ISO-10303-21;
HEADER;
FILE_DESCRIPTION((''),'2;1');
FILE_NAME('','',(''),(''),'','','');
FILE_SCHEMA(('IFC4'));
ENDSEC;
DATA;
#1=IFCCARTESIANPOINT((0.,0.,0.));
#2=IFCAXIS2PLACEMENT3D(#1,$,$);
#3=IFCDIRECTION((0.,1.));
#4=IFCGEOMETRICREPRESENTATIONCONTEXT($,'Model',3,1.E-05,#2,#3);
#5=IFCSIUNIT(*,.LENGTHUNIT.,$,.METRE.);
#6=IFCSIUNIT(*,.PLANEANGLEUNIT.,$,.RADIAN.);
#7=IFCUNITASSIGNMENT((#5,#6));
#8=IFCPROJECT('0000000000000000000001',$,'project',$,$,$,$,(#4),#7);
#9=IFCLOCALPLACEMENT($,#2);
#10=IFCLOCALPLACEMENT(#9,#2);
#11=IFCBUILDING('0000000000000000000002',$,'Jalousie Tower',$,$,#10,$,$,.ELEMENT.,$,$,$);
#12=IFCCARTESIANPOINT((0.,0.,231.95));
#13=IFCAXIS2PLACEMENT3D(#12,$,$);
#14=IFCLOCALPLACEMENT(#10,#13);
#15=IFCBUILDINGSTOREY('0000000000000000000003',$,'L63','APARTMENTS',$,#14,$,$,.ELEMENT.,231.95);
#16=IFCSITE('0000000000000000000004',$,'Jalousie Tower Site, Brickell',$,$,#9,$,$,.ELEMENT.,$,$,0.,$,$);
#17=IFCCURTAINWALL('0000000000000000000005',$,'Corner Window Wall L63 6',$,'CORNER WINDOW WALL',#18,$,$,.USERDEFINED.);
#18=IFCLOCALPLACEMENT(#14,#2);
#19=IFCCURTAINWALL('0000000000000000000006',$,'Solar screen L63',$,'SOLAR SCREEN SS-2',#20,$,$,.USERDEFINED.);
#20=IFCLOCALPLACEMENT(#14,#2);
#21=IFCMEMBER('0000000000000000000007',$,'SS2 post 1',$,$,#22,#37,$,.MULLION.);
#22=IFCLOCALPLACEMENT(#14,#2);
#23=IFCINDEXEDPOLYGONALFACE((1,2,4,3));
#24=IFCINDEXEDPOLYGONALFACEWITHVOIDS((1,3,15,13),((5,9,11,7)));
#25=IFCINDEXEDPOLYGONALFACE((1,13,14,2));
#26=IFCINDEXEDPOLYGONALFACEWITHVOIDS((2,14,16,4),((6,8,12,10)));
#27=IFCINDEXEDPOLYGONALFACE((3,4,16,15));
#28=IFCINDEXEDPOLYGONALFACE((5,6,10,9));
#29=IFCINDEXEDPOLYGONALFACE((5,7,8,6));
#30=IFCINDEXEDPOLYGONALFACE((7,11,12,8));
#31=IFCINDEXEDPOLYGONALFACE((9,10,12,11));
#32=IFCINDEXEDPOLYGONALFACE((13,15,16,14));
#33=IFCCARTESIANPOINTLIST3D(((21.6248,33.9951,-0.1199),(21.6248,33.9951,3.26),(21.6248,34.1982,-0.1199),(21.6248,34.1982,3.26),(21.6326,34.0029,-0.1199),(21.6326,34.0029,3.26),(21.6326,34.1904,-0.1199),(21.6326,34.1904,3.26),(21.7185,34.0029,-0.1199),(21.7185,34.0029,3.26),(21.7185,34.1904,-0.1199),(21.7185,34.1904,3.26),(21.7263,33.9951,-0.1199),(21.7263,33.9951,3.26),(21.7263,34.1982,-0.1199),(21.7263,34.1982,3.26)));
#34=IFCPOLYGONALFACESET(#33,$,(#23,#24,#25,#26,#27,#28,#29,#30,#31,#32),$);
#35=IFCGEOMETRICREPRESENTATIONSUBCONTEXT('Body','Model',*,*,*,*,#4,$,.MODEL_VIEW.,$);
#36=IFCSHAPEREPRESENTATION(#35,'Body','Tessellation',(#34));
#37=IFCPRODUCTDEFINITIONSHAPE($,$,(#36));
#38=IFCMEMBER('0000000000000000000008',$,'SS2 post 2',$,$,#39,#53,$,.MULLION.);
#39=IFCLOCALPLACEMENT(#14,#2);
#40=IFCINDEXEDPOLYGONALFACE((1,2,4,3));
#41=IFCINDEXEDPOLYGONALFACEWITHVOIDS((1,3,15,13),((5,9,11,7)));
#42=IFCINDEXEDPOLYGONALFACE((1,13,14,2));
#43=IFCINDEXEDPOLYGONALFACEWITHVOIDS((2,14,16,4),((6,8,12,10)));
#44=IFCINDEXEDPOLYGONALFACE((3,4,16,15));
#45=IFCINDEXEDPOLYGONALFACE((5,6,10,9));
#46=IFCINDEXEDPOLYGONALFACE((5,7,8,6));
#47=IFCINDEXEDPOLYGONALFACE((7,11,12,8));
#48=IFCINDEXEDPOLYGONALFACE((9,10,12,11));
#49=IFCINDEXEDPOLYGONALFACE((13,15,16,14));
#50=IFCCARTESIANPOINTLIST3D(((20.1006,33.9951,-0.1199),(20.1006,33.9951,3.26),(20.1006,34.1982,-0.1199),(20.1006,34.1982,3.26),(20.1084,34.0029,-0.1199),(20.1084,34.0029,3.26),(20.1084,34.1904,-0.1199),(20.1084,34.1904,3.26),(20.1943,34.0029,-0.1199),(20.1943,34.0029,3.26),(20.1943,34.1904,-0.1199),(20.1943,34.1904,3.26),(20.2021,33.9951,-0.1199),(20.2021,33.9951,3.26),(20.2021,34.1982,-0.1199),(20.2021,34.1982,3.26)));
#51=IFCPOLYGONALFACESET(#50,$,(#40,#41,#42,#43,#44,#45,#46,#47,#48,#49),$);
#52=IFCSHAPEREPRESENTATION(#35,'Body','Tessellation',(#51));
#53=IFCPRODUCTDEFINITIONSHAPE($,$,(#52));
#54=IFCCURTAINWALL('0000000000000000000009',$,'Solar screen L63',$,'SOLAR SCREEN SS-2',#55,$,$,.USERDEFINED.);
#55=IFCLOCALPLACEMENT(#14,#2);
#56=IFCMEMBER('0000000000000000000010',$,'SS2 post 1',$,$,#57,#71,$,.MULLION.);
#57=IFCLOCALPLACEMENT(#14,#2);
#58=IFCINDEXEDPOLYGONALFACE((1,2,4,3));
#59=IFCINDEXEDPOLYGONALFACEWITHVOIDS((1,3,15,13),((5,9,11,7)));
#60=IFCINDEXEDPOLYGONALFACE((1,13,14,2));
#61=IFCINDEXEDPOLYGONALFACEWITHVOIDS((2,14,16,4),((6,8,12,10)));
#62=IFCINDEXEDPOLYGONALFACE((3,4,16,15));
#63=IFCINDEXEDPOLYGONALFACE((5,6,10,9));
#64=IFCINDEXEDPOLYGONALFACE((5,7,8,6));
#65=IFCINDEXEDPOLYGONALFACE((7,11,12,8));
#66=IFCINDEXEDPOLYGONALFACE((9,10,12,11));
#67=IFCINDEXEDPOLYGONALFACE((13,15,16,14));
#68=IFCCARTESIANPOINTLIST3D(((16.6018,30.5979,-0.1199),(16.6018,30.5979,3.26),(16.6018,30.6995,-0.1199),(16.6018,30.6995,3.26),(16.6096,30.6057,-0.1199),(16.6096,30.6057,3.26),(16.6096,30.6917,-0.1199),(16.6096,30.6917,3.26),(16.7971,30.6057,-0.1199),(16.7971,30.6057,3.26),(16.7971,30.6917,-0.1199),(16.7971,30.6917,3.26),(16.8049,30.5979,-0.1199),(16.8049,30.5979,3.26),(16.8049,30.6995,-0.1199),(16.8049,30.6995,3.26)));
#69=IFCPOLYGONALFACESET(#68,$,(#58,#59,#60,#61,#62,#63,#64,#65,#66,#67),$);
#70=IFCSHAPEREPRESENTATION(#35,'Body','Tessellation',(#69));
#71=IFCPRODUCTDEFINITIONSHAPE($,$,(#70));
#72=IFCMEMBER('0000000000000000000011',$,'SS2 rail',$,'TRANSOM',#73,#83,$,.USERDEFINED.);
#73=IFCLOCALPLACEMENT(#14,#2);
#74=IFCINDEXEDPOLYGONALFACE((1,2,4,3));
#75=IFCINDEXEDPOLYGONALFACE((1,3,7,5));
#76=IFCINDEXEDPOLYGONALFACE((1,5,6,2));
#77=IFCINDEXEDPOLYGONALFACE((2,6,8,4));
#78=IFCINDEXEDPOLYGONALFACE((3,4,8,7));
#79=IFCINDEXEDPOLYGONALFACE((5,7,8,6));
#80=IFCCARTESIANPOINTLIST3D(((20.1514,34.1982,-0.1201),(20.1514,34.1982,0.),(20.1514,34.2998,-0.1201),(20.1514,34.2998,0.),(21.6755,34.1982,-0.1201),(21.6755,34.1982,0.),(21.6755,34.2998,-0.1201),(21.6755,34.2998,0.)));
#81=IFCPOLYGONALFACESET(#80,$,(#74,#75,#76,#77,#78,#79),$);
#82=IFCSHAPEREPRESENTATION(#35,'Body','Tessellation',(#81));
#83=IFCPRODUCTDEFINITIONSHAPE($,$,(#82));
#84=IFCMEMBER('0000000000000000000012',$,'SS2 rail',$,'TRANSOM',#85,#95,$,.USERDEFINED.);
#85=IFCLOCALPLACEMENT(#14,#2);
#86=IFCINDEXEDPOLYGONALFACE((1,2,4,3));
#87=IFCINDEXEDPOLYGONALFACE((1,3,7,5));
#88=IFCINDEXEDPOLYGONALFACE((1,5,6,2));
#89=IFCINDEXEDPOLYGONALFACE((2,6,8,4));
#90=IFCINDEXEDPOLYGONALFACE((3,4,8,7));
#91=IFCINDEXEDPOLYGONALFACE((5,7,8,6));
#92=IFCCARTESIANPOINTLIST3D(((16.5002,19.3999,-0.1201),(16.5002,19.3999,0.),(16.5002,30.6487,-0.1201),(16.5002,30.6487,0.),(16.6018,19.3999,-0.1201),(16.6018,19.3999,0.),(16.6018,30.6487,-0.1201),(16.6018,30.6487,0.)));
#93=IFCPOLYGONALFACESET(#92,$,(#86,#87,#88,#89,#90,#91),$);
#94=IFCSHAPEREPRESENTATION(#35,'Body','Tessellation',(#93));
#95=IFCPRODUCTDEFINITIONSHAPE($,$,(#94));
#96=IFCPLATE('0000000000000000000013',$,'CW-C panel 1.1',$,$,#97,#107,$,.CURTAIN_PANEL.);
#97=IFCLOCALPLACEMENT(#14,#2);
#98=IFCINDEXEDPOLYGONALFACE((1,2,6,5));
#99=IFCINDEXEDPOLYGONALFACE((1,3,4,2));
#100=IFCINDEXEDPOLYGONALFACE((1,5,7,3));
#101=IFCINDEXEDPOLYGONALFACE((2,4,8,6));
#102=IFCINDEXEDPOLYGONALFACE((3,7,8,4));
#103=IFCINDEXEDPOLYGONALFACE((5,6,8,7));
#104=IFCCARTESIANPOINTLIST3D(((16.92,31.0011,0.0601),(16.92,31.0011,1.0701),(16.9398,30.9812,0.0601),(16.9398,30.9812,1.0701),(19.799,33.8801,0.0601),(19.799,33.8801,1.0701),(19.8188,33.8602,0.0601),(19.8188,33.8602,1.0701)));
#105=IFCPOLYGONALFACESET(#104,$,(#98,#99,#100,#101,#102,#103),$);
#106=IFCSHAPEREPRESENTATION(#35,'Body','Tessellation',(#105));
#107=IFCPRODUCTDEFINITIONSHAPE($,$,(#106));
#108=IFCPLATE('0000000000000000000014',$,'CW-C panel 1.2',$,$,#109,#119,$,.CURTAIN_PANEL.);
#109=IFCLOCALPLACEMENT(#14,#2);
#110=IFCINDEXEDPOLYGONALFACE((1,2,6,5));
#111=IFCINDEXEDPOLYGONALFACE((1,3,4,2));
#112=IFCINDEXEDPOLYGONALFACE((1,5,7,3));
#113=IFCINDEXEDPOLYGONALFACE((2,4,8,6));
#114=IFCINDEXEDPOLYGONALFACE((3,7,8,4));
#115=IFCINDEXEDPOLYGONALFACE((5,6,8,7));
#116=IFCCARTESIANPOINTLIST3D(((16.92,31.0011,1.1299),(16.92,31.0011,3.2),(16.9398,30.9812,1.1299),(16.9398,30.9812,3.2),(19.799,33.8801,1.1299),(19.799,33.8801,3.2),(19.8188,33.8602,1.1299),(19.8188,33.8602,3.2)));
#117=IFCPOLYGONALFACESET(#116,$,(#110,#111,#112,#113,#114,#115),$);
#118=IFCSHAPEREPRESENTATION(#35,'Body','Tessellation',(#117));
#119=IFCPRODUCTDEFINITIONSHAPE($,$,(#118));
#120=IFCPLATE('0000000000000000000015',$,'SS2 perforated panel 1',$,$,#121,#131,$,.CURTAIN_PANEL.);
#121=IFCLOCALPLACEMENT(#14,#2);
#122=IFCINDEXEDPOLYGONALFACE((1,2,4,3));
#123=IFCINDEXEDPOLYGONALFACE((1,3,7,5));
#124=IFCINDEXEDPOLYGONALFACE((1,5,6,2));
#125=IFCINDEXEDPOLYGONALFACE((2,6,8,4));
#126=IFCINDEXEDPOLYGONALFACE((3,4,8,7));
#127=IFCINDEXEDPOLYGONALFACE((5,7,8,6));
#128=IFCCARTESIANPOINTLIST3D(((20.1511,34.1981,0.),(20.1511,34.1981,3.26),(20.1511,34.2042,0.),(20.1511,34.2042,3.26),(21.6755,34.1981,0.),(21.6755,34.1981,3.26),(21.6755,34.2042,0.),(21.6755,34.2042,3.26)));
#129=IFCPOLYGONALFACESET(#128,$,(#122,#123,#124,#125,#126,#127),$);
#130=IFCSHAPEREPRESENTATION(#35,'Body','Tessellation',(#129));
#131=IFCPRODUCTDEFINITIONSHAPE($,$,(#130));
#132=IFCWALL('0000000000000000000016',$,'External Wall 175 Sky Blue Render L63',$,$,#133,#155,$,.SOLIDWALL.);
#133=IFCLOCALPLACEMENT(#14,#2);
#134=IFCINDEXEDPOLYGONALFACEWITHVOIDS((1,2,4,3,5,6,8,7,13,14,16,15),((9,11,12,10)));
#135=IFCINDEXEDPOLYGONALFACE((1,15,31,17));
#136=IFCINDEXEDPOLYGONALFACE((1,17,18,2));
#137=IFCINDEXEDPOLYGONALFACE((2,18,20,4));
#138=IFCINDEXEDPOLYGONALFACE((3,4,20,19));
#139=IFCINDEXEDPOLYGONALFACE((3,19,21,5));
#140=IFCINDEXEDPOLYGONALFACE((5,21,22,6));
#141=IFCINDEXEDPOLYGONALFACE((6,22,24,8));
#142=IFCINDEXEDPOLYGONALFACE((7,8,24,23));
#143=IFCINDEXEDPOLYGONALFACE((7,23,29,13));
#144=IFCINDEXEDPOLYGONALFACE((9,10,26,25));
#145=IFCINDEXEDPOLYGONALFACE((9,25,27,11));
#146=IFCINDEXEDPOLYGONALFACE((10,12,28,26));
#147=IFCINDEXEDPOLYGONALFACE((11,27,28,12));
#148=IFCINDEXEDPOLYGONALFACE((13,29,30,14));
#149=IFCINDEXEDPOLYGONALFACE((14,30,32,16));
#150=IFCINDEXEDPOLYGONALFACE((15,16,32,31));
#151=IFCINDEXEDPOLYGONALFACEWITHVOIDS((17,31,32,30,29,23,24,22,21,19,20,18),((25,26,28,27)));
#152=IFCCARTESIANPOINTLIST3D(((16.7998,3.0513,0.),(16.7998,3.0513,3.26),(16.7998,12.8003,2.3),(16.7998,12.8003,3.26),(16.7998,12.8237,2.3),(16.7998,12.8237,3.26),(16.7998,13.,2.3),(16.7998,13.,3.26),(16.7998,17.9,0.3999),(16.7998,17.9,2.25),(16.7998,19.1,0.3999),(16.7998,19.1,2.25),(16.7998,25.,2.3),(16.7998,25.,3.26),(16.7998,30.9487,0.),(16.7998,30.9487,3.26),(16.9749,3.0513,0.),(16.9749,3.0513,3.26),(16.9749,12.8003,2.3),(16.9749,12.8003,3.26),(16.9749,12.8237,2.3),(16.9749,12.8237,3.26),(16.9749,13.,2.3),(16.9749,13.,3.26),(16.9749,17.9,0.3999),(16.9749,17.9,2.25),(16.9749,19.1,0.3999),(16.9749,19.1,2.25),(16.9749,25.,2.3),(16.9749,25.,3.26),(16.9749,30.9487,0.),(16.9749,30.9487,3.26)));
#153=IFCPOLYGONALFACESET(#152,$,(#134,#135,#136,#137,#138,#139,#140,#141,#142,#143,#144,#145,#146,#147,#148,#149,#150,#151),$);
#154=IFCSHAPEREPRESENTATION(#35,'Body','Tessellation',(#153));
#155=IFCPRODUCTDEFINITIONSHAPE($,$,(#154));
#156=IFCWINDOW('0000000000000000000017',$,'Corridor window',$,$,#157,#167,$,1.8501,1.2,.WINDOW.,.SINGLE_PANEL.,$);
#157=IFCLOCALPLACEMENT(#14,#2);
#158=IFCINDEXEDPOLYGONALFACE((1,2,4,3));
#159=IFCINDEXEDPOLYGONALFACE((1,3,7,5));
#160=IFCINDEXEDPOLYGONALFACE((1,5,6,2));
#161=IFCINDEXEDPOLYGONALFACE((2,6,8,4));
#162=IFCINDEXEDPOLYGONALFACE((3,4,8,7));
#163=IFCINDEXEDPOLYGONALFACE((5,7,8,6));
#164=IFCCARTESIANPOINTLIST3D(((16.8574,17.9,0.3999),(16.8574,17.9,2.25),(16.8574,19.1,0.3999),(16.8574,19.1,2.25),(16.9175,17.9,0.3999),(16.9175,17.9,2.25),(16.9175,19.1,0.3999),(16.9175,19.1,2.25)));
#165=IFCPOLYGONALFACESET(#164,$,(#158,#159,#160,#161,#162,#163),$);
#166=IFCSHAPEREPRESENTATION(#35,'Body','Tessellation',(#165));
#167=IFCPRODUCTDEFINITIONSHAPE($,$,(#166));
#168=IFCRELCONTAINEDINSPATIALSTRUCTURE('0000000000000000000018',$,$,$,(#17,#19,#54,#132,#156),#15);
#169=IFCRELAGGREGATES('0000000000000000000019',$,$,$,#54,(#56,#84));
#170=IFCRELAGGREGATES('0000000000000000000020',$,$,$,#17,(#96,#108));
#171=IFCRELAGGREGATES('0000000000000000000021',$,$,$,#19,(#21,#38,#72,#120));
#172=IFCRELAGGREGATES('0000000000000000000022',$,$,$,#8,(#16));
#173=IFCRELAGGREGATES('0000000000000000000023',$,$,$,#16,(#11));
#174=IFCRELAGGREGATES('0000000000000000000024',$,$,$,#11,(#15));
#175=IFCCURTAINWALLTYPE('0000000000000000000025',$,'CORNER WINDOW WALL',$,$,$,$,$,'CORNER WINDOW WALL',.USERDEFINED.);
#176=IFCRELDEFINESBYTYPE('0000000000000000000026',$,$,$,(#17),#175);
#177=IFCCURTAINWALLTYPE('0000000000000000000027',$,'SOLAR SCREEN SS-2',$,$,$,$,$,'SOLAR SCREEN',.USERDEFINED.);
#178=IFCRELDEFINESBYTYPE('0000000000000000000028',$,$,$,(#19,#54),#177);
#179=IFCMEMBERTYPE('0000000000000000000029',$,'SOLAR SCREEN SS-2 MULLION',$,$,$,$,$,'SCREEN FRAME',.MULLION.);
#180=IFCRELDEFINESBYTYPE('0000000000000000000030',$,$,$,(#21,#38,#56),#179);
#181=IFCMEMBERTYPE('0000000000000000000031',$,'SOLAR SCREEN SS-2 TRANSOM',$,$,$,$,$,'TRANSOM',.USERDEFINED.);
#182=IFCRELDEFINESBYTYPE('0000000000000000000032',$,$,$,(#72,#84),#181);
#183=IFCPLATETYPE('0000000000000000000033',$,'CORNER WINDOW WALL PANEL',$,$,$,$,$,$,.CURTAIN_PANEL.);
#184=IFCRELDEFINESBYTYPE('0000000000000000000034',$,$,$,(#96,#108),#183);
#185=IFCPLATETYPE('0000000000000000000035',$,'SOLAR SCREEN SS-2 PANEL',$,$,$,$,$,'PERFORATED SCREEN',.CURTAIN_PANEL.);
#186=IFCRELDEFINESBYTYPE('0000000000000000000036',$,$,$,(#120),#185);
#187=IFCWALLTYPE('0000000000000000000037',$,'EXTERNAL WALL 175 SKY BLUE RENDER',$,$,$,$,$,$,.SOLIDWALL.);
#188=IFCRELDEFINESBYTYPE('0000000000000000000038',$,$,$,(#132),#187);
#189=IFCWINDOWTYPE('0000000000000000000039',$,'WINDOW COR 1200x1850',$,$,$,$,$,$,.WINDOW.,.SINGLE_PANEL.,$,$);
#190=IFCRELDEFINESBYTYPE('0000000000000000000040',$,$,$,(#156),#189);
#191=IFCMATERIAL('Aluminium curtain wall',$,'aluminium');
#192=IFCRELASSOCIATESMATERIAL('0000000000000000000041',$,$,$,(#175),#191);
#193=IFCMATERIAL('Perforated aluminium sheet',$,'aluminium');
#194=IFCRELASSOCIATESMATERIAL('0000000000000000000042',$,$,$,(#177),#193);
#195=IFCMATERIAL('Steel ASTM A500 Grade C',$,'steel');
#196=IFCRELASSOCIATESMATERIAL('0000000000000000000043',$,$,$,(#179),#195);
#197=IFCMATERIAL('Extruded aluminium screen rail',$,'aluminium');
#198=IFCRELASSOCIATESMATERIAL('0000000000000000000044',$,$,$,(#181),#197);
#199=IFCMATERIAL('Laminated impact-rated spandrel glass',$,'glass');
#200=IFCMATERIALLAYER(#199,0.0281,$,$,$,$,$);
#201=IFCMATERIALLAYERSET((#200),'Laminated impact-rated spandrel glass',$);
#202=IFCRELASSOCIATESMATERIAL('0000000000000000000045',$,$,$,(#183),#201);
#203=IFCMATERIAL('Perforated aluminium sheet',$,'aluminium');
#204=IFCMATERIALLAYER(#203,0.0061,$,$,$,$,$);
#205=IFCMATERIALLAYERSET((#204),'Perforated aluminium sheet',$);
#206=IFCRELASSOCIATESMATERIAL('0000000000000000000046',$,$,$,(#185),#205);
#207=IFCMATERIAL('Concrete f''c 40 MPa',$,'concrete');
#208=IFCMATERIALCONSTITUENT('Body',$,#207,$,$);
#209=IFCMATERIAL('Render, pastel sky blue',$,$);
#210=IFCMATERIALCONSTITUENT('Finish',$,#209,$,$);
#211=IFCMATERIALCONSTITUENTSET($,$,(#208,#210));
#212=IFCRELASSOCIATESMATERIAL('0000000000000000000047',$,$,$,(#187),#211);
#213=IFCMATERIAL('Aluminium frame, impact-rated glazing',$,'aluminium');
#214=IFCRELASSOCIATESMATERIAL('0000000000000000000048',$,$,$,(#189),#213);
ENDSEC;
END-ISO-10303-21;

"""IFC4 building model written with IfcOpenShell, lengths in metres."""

from ifc_helpers import new_model, si_unit, direction, frame, frame_2d, origin, origin_2d, place, context, subcontext, project, spatial, polyline, rectangle, hollow_rectangle, outline, extrude, material, layer, layer_set, constituent, constituent_set, material_profile, profile_set, type_object, element, fill, aggregate, save


model = new_model("IFC4")

# Units and contexts
model_context = context("Model", 3, precision=1e-05, world=origin(), true_north=direction((0.0, 1.0)))
body_context = subcontext(model_context, "Body", "Model", "MODEL_VIEW")
ifc_project = project(units=[si_unit("LENGTHUNIT", "METRE"), si_unit("PLANEANGLEUNIT", "RADIAN")], contexts=[model_context])

# Site, building, storey
site_placement = place(None, origin())
site = spatial("IfcSite", under=ifc_project, at=site_placement, Name="Jalousie Tower Site, Brickell", CompositionType="ELEMENT", RefElevation=0.0)
building_placement = place(site_placement, origin())
building = spatial("IfcBuilding", under=site, at=building_placement, Name="Jalousie Tower", CompositionType="ELEMENT")
storey_placement = place(building_placement, frame((0.0, 0.0, 231.95)))
storey = spatial("IfcBuildingStorey", under=building, at=storey_placement, Name="L63", Description="APARTMENTS", CompositionType="ELEMENT", Elevation=231.95)

# Curtain wall
ifc_material_1 = material(Name="Aluminium curtain wall", Category="aluminium")
curtain_wall_type_1 = type_object("IfcCurtainWallType", Name="CORNER WINDOW WALL", ElementType="CORNER WINDOW WALL", PredefinedType="USERDEFINED", material=ifc_material_1)
curtain_wall_1_placement = place(storey_placement, origin())
curtain_wall_1 = element("IfcCurtainWall", 1, at=curtain_wall_1_placement, inside=storey, type_object=curtain_wall_type_1, Name="Corner Window Wall L63 6", ObjectType="CORNER WINDOW WALL", PredefinedType="USERDEFINED")

# Curtain wall, members
ifc_material_2 = material(Name="Perforated aluminium sheet", Category="aluminium")
curtain_wall_type_2 = type_object("IfcCurtainWallType", Name="SOLAR SCREEN SS-2", ElementType="SOLAR SCREEN", PredefinedType="USERDEFINED", material=ifc_material_2)
curtain_wall_2_placement = place(storey_placement, origin())
curtain_wall_2 = element("IfcCurtainWall", 2, at=curtain_wall_2_placement, inside=storey, type_object=curtain_wall_type_2, Name="Solar screen L63", ObjectType="SOLAR SCREEN SS-2", PredefinedType="USERDEFINED")
ifc_material_3 = material(Name="Steel ASTM A500 Grade C", Category="steel")
ifc_material_profile_1 = material_profile(ifc_material_3, hollow_rectangle(XDim=0.1016, YDim=0.2031, WallThickness=0.0078, at=origin_2d()), Name="HSS8X4X5/16")
ifc_profile_set_1 = profile_set([ifc_material_profile_1], Name="Steel ASTM A500 Grade C")
member_type_1 = type_object("IfcMemberType", Name="SOLAR SCREEN SS-2 MULLION", ElementType="SCREEN FRAME", PredefinedType="MULLION", material=ifc_profile_set_1)
member_1_placement = place(storey_placement, frame((21.6755, 34.0967, -0.1199), z_axis=(0.0, 0.0, 1.0), x_axis=(-1.0, 0.0, 0.0)))
member_1 = element("IfcMember", 3, at=member_1_placement, type_object=member_type_1, Name="SS2 post 1", PredefinedType="MULLION", context=body_context, shape_type="SweptSolid", body=[
    extrude(hollow_rectangle(XDim=0.1016, YDim=0.2031, WallThickness=0.0078, at=origin_2d()), origin(), (0.0, 0.0, 1.0), 3.3799),
])
member_2_placement = place(storey_placement, frame((20.1514, 34.0967, -0.1199), z_axis=(0.0, 0.0, 1.0), x_axis=(-1.0, 0.0, 0.0)))
member_2 = element("IfcMember", 4, at=member_2_placement, type_object=member_type_1, Name="SS2 post 2", PredefinedType="MULLION", context=body_context, shape_type="SweptSolid", body=[
    extrude(hollow_rectangle(XDim=0.1016, YDim=0.2031, WallThickness=0.0078, at=origin_2d()), origin(), (0.0, 0.0, 1.0), 3.3799),
])

# Curtain wall, member
curtain_wall_3_placement = place(storey_placement, origin())
curtain_wall_3 = element("IfcCurtainWall", 5, at=curtain_wall_3_placement, inside=storey, type_object=curtain_wall_type_2, Name="Solar screen L63", ObjectType="SOLAR SCREEN SS-2", PredefinedType="USERDEFINED")
member_3_placement = place(storey_placement, frame((16.7034, 30.6487, -0.1199), z_axis=(0.0, 0.0, 1.0), x_axis=(0.0, -1.0, 0.0)))
member_3 = element("IfcMember", 6, at=member_3_placement, type_object=member_type_1, Name="SS2 post 1", PredefinedType="MULLION", context=body_context, shape_type="SweptSolid", body=[
    extrude(hollow_rectangle(XDim=0.1016, YDim=0.2031, WallThickness=0.0078, at=origin_2d()), origin(), (0.0, 0.0, 1.0), 3.3799),
])

# Members
ifc_material_4 = material(Name="Extruded aluminium screen rail", Category="aluminium")
ifc_material_profile_2 = material_profile(ifc_material_4, rectangle(XDim=0.1016, YDim=0.1201, at=origin_2d()), Name="RAIL 102x120")
ifc_profile_set_2 = profile_set([ifc_material_profile_2], Name="Extruded aluminium screen rail")
member_type_2 = type_object("IfcMemberType", Name="SOLAR SCREEN SS-2 TRANSOM", ElementType="TRANSOM", PredefinedType="USERDEFINED", material=ifc_profile_set_2)
member_4_placement = place(storey_placement, frame((21.6755, 34.249, -0.0601), z_axis=(-1.0, 0.0, 0.0), x_axis=(0.0, -1.0, 0.0)))
member_4 = element("IfcMember", 7, at=member_4_placement, type_object=member_type_2, Name="SS2 rail", ObjectType="TRANSOM", PredefinedType="USERDEFINED", context=body_context, shape_type="SweptSolid", body=[
    extrude(rectangle(XDim=0.1016, YDim=0.1201, at=origin_2d()), origin(), (0.0, 0.0, 1.0), 1.5242),
])
member_5_placement = place(storey_placement, frame((16.551, 30.6487, -0.0601), z_axis=(0.0, -1.0, 0.0), x_axis=(1.0, 0.0, 0.0)))
member_5 = element("IfcMember", 8, at=member_5_placement, type_object=member_type_2, Name="SS2 rail", ObjectType="TRANSOM", PredefinedType="USERDEFINED", context=body_context, shape_type="SweptSolid", body=[
    extrude(rectangle(XDim=0.1016, YDim=0.1201, at=origin_2d()), origin(), (0.0, 0.0, 1.0), 11.2488),
])
aggregate(curtain_wall_3, [member_3, member_5])

# Plates
ifc_material_5 = material(Name="Laminated impact-rated spandrel glass", Category="glass")
ifc_layer_1 = layer(ifc_material_5, 0.0281)
ifc_layer_set_1 = layer_set([ifc_layer_1], Name="Laminated impact-rated spandrel glass")
plate_type_1 = type_object("IfcPlateType", Name="CORNER WINDOW WALL PANEL", PredefinedType="CURTAIN_PANEL", material=ifc_layer_set_1)
plate_1_placement = place(storey_placement, frame((18.3694, 32.4307, 0.0601), z_axis=(0.0, 0.0, 1.0), x_axis=(-0.707107, -0.707107, 0.0)))
plate_1 = element("IfcPlate", 9, at=plate_1_placement, type_object=plate_type_1, Name="CW-C panel 1.1", PredefinedType="CURTAIN_PANEL", context=body_context, shape_type="SweptSolid", body=[
    extrude(rectangle(XDim=4.0715, YDim=0.0281, at=origin_2d()), origin(), (0.0, 0.0, 1.0), 1.01),
])
plate_2_placement = place(storey_placement, frame((18.3694, 32.4307, 1.1299), z_axis=(0.0, 0.0, 1.0), x_axis=(-0.707107, -0.707107, 0.0)))
plate_2 = element("IfcPlate", 10, at=plate_2_placement, type_object=plate_type_1, Name="CW-C panel 1.2", PredefinedType="CURTAIN_PANEL", context=body_context, shape_type="SweptSolid", body=[
    extrude(rectangle(XDim=4.0715, YDim=0.0281, at=origin_2d()), origin(), (0.0, 0.0, 1.0), 2.0701),
])
aggregate(curtain_wall_1, [plate_1, plate_2])
ifc_material_6 = material(Name="Perforated aluminium sheet", Category="aluminium")
ifc_layer_2 = layer(ifc_material_6, 0.0061)
ifc_layer_set_2 = layer_set([ifc_layer_2], Name="Perforated aluminium sheet")
plate_type_2 = type_object("IfcPlateType", Name="SOLAR SCREEN SS-2 PANEL", ElementType="PERFORATED SCREEN", PredefinedType="CURTAIN_PANEL", material=ifc_layer_set_2)
plate_3_placement = place(storey_placement, frame((20.9133, 34.2012, 0.0), z_axis=(0.0, 0.0, 1.0), x_axis=(-1.0, 0.0, 0.0)))
plate_3 = element("IfcPlate", 11, at=plate_3_placement, type_object=plate_type_2, Name="SS2 perforated panel 1", PredefinedType="CURTAIN_PANEL", context=body_context, shape_type="SweptSolid", body=[
    extrude(rectangle(XDim=1.5244, YDim=0.0061, at=origin_2d()), origin(), (0.0, 0.0, 1.0), 3.26),
])
aggregate(curtain_wall_2, [member_1, member_2, member_4, plate_3])

# Wall, opening, window
ifc_material_7 = material(Name="Concrete f'c 40 MPa", Category="concrete")
ifc_constituent_1 = constituent(ifc_material_7, Name="Body")
ifc_material_8 = material(Name="Render, pastel sky blue")
ifc_constituent_2 = constituent(ifc_material_8, Name="Finish")
ifc_constituent_set_1 = constituent_set(constituents=[ifc_constituent_1, ifc_constituent_2])
wall_type_1 = type_object("IfcWallType", Name="EXTERNAL WALL 175 SKY BLUE RENDER", PredefinedType="SOLIDWALL", material=ifc_constituent_set_1)
wall_1_placement = place(storey_placement, frame((16.8875, 30.9487, 0.0), z_axis=(0.0, 0.0, 1.0), x_axis=(0.0, -1.0, 0.0)))
wall_1 = element("IfcWall", 12, at=wall_1_placement, inside=storey, type_object=wall_type_1, Name="External Wall 175 Sky Blue Render L63", PredefinedType="SOLIDWALL", context=body_context, shape_type="SweptSolid", body=[
    extrude(outline(polyline([(0.0, 0.0), (27.8975, 0.0), (27.8975, 3.26), (18.1484, 3.26), (18.1484, 2.3), (18.125, 2.3), (18.125, 3.26), (17.9487, 3.26), (17.9487, 2.3), (5.9487, 2.3), (5.9487, 3.26), (0.0, 3.26), (0.0, 0.0)])), frame((0.0, 0.0874, 0.0), z_axis=(0.0, -1.0, 0.0), x_axis=(1.0, 0.0, 0.0)), (0.0, 0.0, 1.0), 0.175),
])
opening_1_placement = place(wall_1_placement, frame((11.8486, 0.0, 0.3999)))
opening_1 = element("IfcOpeningElement", 13, at=opening_1_placement, cuts=wall_1, PredefinedType="OPENING", context=body_context, shape_type="SweptSolid", body=[
    extrude(rectangle(XDim=1.2, YDim=1.8501, at=frame_2d((0.6001, 0.925))), frame((0.0, 0.0974, 0.0), z_axis=(0.0, -1.0, 0.0), x_axis=(1.0, 0.0, 0.0)), (0.0, 0.0, 1.0), 0.1951),
])
ifc_material_9 = material(Name="Aluminium frame, impact-rated glazing", Category="aluminium")
window_type = type_object("IfcWindowType", Name="WINDOW COR 1200x1850", PartitioningType="SINGLE_PANEL", PredefinedType="WINDOW", material=ifc_material_9)
window_placement = place(opening_1_placement, origin())
window = element("IfcWindow", 14, at=window_placement, inside=storey, type_object=window_type, Name="Corridor window", OverallHeight=1.8501, OverallWidth=1.2, PartitioningType="SINGLE_PANEL", PredefinedType="WINDOW", context=body_context, shape_type="SweptSolid", body=[
    extrude(rectangle(XDim=1.2, YDim=1.8501, at=frame_2d((0.6001, 0.925))), frame((0.0, 0.03, 0.0), z_axis=(0.0, -1.0, 0.0), x_axis=(1.0, 0.0, 0.0)), (0.0, 0.0, 1.0), 0.0601),
])
fill(opening_1, window)

save(model, "model.ifc")
